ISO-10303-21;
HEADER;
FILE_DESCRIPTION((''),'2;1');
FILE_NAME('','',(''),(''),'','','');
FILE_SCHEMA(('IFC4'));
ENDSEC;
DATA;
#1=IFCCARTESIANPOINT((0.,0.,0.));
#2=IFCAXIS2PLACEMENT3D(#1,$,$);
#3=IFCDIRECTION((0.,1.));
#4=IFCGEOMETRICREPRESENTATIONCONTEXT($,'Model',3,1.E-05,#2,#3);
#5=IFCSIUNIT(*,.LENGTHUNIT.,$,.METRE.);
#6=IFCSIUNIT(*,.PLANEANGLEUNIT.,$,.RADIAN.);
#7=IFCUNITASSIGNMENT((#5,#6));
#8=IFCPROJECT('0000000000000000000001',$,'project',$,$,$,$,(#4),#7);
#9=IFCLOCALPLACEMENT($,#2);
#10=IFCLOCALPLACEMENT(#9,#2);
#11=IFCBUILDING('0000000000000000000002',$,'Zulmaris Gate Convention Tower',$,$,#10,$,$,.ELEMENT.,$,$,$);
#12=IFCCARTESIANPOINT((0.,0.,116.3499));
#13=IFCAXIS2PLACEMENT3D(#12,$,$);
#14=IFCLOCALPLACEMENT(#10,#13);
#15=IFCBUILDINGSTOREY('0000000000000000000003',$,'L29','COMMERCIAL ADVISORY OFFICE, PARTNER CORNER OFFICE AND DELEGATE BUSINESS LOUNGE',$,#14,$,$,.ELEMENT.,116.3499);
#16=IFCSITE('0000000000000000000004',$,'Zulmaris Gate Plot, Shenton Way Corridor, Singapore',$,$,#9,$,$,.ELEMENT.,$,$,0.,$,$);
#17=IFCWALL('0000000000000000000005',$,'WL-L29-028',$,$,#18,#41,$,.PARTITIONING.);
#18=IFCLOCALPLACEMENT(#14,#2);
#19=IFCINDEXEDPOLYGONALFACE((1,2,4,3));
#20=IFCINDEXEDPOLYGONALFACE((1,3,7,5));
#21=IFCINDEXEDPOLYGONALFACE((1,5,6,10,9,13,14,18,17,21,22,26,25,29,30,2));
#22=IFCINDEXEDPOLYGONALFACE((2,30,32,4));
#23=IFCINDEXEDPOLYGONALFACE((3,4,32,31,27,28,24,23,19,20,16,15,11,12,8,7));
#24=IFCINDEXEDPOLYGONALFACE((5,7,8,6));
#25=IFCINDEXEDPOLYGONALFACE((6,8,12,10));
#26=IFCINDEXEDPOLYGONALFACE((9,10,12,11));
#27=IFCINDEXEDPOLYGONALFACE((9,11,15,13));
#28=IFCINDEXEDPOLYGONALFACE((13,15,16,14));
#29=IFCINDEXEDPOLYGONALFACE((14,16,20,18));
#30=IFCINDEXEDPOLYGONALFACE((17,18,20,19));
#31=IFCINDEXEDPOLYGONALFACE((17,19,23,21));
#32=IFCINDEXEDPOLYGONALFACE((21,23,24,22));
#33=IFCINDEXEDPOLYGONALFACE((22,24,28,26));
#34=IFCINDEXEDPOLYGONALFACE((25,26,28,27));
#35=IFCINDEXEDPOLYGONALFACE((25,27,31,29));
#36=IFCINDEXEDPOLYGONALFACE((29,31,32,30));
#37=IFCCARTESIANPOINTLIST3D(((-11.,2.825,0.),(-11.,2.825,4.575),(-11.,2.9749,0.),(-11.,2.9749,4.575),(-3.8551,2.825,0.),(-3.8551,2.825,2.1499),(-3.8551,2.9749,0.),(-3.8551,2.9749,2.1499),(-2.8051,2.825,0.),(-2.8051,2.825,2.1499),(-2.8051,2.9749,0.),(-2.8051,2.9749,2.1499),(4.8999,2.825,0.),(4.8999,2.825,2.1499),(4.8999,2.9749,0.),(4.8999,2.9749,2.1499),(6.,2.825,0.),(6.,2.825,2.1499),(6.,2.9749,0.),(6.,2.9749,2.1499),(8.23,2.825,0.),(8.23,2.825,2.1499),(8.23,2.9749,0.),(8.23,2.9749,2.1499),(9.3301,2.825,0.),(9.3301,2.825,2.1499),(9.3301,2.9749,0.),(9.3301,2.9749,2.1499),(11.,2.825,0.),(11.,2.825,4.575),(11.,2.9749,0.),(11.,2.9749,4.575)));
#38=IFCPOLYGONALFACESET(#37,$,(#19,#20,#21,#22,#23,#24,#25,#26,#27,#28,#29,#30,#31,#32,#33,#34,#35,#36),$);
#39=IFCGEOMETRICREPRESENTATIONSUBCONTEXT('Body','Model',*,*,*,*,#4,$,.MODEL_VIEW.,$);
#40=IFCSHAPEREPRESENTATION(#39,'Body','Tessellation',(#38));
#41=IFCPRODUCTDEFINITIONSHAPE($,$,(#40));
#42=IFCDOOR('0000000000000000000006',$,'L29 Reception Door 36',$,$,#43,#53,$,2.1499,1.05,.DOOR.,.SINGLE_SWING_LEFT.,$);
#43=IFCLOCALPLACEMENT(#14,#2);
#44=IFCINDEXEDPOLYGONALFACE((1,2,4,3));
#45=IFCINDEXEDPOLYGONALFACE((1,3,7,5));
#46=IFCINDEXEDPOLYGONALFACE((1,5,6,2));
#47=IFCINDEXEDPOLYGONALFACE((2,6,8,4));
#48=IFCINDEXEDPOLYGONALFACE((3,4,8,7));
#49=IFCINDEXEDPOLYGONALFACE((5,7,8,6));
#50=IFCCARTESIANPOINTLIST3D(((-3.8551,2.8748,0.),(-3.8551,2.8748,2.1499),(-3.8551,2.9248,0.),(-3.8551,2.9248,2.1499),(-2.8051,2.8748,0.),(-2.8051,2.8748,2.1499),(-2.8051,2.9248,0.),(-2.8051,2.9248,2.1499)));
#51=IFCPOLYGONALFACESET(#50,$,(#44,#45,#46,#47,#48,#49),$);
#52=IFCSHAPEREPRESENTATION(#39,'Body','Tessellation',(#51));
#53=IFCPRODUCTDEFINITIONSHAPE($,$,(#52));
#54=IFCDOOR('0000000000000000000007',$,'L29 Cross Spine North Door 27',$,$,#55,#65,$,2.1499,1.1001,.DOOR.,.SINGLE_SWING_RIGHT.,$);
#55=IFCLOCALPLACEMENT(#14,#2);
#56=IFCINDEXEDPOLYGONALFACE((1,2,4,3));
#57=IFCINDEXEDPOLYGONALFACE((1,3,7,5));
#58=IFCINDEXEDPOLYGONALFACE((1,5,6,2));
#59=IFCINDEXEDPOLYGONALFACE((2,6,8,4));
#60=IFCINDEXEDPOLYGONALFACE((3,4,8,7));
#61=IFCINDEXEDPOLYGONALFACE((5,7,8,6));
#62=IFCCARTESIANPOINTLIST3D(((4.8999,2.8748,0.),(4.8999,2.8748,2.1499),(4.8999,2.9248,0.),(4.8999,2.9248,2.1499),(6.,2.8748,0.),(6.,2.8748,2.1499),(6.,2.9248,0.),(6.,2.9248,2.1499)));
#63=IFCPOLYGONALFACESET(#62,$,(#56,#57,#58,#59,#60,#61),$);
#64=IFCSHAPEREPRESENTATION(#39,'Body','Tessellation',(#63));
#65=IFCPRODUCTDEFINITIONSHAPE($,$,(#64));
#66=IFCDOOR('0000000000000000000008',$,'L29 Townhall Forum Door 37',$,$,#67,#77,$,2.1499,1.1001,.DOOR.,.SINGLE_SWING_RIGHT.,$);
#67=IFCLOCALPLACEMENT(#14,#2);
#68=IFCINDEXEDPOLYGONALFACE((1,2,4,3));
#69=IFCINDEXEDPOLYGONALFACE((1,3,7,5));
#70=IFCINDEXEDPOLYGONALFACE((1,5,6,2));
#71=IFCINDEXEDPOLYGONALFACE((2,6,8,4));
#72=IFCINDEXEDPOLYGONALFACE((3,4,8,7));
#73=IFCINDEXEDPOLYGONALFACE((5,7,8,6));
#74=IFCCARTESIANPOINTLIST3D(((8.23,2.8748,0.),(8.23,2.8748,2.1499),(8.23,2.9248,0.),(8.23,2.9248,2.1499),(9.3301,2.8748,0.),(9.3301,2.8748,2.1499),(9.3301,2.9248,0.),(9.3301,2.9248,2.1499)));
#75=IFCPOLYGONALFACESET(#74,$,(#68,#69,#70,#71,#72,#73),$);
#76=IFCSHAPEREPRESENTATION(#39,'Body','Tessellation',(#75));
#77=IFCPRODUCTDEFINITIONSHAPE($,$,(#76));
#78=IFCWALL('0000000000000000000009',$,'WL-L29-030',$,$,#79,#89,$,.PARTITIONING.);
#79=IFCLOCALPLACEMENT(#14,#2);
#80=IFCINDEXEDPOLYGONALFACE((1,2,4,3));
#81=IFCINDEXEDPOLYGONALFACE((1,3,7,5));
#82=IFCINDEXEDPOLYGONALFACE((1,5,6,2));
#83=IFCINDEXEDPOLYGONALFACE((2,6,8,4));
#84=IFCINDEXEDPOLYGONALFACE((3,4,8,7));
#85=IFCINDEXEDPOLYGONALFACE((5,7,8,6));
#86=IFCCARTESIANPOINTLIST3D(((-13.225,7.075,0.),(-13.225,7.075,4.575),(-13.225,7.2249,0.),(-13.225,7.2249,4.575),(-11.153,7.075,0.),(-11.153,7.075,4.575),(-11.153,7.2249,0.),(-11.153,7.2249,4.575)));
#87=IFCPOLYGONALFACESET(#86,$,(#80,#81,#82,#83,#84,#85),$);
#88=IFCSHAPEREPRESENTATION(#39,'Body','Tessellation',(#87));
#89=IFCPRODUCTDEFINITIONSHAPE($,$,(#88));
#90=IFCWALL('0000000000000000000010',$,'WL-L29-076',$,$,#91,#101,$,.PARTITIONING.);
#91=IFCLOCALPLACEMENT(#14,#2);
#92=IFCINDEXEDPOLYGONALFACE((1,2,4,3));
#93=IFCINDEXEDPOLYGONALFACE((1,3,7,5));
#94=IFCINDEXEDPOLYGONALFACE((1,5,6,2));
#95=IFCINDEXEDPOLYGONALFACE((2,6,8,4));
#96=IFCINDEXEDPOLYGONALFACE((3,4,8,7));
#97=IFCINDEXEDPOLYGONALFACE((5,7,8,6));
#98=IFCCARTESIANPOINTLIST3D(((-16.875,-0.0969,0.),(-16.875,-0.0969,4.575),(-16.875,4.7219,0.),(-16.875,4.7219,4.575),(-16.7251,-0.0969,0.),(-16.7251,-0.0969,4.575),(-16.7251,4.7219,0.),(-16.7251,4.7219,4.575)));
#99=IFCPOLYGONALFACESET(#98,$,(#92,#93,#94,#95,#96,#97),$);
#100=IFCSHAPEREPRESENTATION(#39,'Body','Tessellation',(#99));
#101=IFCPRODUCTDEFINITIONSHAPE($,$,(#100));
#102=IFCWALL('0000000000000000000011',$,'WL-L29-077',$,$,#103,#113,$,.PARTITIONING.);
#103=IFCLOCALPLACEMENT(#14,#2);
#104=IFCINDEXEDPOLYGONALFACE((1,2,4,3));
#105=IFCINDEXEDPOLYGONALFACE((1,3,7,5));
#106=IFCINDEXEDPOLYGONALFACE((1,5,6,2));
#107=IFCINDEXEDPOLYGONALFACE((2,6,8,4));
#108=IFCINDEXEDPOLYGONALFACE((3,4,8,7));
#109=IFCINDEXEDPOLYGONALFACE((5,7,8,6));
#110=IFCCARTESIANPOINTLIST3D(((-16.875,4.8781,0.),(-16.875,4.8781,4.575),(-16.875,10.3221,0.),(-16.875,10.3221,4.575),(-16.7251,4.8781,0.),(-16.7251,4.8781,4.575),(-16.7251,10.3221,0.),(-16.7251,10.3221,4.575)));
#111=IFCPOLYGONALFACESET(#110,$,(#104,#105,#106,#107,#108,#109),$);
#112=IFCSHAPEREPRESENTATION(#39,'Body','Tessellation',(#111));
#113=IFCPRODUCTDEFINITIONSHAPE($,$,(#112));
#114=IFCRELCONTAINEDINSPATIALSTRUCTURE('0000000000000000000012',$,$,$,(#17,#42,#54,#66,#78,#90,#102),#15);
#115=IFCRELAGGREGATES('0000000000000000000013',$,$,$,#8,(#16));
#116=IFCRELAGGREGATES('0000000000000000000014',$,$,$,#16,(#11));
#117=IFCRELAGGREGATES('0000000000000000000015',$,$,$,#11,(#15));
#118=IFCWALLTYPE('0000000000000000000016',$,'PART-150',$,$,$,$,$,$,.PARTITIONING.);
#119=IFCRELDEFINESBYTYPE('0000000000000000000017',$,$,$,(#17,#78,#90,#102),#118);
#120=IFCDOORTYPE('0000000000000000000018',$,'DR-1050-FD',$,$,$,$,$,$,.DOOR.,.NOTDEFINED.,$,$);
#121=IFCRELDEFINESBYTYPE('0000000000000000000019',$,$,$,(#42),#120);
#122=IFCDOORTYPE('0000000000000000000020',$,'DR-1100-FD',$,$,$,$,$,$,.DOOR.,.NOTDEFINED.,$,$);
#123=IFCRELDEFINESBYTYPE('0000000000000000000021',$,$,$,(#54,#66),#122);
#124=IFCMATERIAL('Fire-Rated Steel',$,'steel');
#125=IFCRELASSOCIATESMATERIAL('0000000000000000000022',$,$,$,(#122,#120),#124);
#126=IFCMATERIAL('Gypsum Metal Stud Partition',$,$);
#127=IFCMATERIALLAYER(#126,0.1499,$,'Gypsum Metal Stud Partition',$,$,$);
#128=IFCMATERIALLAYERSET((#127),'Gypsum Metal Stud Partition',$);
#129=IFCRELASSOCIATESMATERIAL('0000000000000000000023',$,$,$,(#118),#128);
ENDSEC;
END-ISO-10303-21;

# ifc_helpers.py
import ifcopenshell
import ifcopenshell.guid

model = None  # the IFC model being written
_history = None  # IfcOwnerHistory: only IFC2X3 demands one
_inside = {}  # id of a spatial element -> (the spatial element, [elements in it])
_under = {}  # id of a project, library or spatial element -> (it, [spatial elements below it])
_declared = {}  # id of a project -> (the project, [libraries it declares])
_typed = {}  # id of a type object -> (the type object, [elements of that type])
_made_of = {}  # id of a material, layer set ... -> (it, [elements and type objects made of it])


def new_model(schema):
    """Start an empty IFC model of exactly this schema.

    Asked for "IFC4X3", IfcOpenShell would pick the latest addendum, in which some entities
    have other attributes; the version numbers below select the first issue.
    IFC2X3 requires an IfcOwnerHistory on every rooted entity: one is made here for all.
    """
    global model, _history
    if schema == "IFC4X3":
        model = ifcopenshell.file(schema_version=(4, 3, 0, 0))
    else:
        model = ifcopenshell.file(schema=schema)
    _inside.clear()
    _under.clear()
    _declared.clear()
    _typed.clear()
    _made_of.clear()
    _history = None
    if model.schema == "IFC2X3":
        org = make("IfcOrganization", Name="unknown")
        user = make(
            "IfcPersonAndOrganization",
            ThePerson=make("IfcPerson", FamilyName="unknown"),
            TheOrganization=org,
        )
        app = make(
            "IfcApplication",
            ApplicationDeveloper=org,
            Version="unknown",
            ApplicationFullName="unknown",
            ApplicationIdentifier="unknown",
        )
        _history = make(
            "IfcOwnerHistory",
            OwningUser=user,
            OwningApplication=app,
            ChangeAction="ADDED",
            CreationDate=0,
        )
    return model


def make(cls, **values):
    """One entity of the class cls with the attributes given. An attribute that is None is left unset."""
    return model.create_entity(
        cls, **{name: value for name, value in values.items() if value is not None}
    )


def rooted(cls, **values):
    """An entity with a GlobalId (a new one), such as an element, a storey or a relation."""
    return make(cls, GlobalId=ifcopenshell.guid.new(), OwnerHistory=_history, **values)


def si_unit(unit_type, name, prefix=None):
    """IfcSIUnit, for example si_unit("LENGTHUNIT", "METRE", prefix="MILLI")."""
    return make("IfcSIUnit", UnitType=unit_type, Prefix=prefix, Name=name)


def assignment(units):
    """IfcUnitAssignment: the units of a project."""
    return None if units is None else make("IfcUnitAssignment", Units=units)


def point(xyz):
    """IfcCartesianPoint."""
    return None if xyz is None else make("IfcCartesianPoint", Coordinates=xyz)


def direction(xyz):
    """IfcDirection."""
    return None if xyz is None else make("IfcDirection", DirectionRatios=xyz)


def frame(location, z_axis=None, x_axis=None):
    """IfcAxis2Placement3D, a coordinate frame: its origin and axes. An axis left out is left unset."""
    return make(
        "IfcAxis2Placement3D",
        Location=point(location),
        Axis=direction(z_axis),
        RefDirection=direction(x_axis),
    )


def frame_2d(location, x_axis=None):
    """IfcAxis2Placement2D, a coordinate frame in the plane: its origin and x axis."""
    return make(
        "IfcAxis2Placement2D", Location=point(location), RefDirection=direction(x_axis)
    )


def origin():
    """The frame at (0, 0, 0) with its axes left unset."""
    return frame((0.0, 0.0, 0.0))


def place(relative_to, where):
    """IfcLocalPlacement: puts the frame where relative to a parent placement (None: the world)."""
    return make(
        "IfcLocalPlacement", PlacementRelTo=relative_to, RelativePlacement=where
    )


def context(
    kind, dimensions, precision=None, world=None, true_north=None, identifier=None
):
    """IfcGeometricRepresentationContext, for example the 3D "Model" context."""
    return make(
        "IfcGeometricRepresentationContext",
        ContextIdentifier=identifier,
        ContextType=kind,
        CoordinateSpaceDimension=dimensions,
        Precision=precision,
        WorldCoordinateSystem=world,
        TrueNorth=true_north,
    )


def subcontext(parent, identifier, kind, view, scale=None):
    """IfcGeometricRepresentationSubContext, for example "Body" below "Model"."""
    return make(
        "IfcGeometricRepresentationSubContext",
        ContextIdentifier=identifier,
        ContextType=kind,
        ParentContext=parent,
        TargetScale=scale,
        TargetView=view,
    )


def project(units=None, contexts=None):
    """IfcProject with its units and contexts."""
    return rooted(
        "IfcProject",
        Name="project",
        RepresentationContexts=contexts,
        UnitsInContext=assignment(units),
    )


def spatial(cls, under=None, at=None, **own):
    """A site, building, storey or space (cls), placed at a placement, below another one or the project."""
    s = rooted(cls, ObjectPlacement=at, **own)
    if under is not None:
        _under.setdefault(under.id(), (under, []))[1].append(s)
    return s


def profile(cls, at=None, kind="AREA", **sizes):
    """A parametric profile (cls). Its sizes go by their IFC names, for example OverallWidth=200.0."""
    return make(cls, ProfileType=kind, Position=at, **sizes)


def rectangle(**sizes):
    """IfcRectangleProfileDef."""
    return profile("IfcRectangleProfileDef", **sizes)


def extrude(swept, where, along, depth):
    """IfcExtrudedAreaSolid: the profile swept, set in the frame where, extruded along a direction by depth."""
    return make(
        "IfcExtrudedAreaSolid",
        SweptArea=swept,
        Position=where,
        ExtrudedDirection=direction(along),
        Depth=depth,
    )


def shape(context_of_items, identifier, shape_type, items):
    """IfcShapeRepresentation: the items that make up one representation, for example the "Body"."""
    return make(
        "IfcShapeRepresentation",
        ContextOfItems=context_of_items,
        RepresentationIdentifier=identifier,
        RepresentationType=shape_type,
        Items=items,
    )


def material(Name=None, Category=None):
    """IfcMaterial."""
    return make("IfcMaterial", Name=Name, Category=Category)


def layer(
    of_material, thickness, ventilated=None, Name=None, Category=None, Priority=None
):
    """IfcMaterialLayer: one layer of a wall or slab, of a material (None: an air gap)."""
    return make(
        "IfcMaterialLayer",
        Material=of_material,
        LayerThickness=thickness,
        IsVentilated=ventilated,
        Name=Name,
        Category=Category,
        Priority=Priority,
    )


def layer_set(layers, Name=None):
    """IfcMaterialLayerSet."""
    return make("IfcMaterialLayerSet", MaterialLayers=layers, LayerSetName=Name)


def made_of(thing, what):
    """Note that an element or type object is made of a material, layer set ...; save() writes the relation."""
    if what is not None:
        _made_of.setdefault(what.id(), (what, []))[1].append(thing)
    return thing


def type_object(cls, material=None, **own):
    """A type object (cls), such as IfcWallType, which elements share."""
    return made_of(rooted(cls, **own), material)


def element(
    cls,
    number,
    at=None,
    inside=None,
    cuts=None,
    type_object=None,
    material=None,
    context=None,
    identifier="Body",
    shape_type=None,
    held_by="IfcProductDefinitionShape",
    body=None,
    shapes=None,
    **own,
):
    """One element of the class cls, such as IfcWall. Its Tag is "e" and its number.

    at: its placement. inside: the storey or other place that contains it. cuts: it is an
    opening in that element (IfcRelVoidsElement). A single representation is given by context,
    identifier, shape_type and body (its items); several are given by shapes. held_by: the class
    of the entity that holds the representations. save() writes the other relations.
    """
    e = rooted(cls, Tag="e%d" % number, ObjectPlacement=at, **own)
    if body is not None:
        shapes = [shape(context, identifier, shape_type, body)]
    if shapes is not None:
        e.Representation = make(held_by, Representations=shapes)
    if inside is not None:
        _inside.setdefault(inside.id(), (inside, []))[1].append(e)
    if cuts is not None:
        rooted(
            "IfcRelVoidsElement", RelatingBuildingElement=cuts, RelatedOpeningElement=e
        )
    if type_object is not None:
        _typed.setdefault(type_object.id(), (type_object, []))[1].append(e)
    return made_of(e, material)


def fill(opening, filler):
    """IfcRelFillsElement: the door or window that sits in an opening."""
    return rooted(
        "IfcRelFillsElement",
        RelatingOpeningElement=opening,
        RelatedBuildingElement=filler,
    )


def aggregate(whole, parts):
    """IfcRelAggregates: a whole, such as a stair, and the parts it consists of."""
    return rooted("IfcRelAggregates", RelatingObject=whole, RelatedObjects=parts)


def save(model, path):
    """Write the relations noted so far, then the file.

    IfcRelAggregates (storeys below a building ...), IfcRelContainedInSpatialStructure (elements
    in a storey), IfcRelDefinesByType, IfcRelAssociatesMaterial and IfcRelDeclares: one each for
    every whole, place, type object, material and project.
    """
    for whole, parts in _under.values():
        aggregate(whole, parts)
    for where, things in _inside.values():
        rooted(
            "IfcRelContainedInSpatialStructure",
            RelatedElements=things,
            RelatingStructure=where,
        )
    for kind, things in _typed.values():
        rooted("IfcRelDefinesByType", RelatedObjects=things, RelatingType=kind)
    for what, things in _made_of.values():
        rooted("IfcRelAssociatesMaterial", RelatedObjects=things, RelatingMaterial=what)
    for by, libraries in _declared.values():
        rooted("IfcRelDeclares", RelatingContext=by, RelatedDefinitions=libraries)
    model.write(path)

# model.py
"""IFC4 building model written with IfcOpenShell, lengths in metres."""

from ifc_helpers import new_model, si_unit, direction, frame, frame_2d, origin, place, context, subcontext, project, spatial, rectangle, extrude, material, layer, layer_set, type_object, element, fill, save


model = new_model("IFC4")

# Units and contexts
model_context = context("Model", 3, precision=1e-05, world=origin(), true_north=direction((0.0, 1.0)))
body_context = subcontext(model_context, "Body", "Model", "MODEL_VIEW")
ifc_project = project(units=[si_unit("LENGTHUNIT", "METRE"), si_unit("PLANEANGLEUNIT", "RADIAN")], contexts=[model_context])

# Site, building, storey
site_placement = place(None, origin())
site = spatial("IfcSite", under=ifc_project, at=site_placement, Name="Zulmaris Gate Plot, Shenton Way Corridor, Singapore", CompositionType="ELEMENT", RefElevation=0.0)
building_placement = place(site_placement, origin())
building = spatial("IfcBuilding", under=site, at=building_placement, Name="Zulmaris Gate Convention Tower", CompositionType="ELEMENT")
storey_placement = place(building_placement, frame((0.0, 0.0, 116.3499)))
storey = spatial("IfcBuildingStorey", under=building, at=storey_placement, Name="L29", Description="COMMERCIAL ADVISORY OFFICE, PARTNER CORNER OFFICE AND DELEGATE BUSINESS LOUNGE", CompositionType="ELEMENT", Elevation=116.3499)

# Shared definitions
ifc_material_1 = material(Name="Fire-Rated Steel", Category="steel")
door_type_1 = type_object("IfcDoorType", Name="DR-1100-FD", OperationType="NOTDEFINED", PredefinedType="DOOR", material=ifc_material_1)

# Wall, openings, doors
ifc_material_2 = material(Name="Gypsum Metal Stud Partition")
ifc_layer_1 = layer(ifc_material_2, 0.1499, Name="Gypsum Metal Stud Partition")
ifc_layer_set_1 = layer_set([ifc_layer_1], Name="Gypsum Metal Stud Partition")
wall_type_1 = type_object("IfcWallType", Name="PART-150", PredefinedType="PARTITIONING", material=ifc_layer_set_1)
wall_1_placement = place(storey_placement, frame((-11.0, 2.8999, 0.0), z_axis=(0.0, 0.0, 1.0), x_axis=(1.0, 0.0, 0.0)))
wall_1 = element("IfcWall", 1, at=wall_1_placement, inside=storey, type_object=wall_type_1, Name="WL-L29-028", PredefinedType="PARTITIONING", context=body_context, shape_type="SweptSolid", body=[
    extrude(rectangle(XDim=22.0, YDim=0.1499, at=frame_2d((11.0, 0.0))), origin(), (0.0, 0.0, 1.0), 4.575),
])
opening_1_placement = place(wall_1_placement, frame((15.8999, 0.0, 0.0)))
opening_1 = element("IfcOpeningElement", 2, at=opening_1_placement, cuts=wall_1, PredefinedType="OPENING", context=body_context, shape_type="SweptSolid", body=[
    extrude(rectangle(XDim=1.1001, YDim=2.1499, at=frame_2d((0.55, 1.075))), frame((0.0, 0.085, 0.0), z_axis=(0.0, -1.0, 0.0), x_axis=(1.0, 0.0, 0.0)), (0.0, 0.0, 1.0), 0.1699),
])
opening_2_placement = place(wall_1_placement, frame((7.145, 0.0, 0.0)))
opening_2 = element("IfcOpeningElement", 3, at=opening_2_placement, cuts=wall_1, PredefinedType="OPENING", context=body_context, shape_type="SweptSolid", body=[
    extrude(rectangle(XDim=1.05, YDim=2.1499, at=frame_2d((0.5249, 1.075))), frame((0.0, 0.085, 0.0), z_axis=(0.0, -1.0, 0.0), x_axis=(1.0, 0.0, 0.0)), (0.0, 0.0, 1.0), 0.1699),
])
opening_3_placement = place(wall_1_placement, frame((19.23, 0.0, 0.0)))
opening_3 = element("IfcOpeningElement", 4, at=opening_3_placement, cuts=wall_1, PredefinedType="OPENING", context=body_context, shape_type="SweptSolid", body=[
    extrude(rectangle(XDim=1.1001, YDim=2.1499, at=frame_2d((0.55, 1.075))), frame((0.0, 0.085, 0.0), z_axis=(0.0, -1.0, 0.0), x_axis=(1.0, 0.0, 0.0)), (0.0, 0.0, 1.0), 0.1699),
])
door_type_2 = type_object("IfcDoorType", Name="DR-1050-FD", OperationType="NOTDEFINED", PredefinedType="DOOR", material=ifc_material_1)
door_1_placement = place(opening_2_placement, origin())
door_1 = element("IfcDoor", 5, at=door_1_placement, inside=storey, type_object=door_type_2, Name="L29 Reception Door 36", OperationType="SINGLE_SWING_LEFT", OverallHeight=2.1499, OverallWidth=1.05, PredefinedType="DOOR", context=body_context, shape_type="SweptSolid", body=[
    extrude(rectangle(XDim=1.05, YDim=2.1499, at=frame_2d((0.5249, 1.075))), frame((0.0, 0.0249, 0.0), z_axis=(0.0, -1.0, 0.0), x_axis=(1.0, 0.0, 0.0)), (0.0, 0.0, 1.0), 0.05),
])
fill(opening_2, door_1)
door_2_placement = place(opening_1_placement, origin())
door_2 = element("IfcDoor", 6, at=door_2_placement, inside=storey, type_object=door_type_1, Name="L29 Cross Spine North Door 27", OperationType="SINGLE_SWING_RIGHT", OverallHeight=2.1499, OverallWidth=1.1001, PredefinedType="DOOR", context=body_context, shape_type="SweptSolid", body=[
    extrude(rectangle(XDim=1.1001, YDim=2.1499, at=frame_2d((0.55, 1.075))), frame((0.0, 0.0249, 0.0), z_axis=(0.0, -1.0, 0.0), x_axis=(1.0, 0.0, 0.0)), (0.0, 0.0, 1.0), 0.05),
])
fill(opening_1, door_2)
door_3_placement = place(opening_3_placement, origin())
door_3 = element("IfcDoor", 7, at=door_3_placement, inside=storey, type_object=door_type_1, Name="L29 Townhall Forum Door 37", OperationType="SINGLE_SWING_RIGHT", OverallHeight=2.1499, OverallWidth=1.1001, PredefinedType="DOOR", context=body_context, shape_type="SweptSolid", body=[
    extrude(rectangle(XDim=1.1001, YDim=2.1499, at=frame_2d((0.55, 1.075))), frame((0.0, 0.0249, 0.0), z_axis=(0.0, -1.0, 0.0), x_axis=(1.0, 0.0, 0.0)), (0.0, 0.0, 1.0), 0.05),
])
fill(opening_3, door_3)

# Walls
wall_2_placement = place(storey_placement, frame((-13.2251, 7.1499, 0.0), z_axis=(0.0, 0.0, 1.0), x_axis=(1.0, 0.0, 0.0)))
element("IfcWall", 8, at=wall_2_placement, inside=storey, type_object=wall_type_1, Name="WL-L29-030", PredefinedType="PARTITIONING", context=body_context, shape_type="SweptSolid", body=[
    extrude(rectangle(XDim=2.072, YDim=0.1499, at=frame_2d((1.0361, 0.0))), origin(), (0.0, 0.0, 1.0), 4.575),
])
wall_3_placement = place(storey_placement, frame((-16.8, -0.0969, 0.0), z_axis=(0.0, 0.0, 1.0), x_axis=(0.0, 1.0, 0.0)))
element("IfcWall", 9, at=wall_3_placement, inside=storey, type_object=wall_type_1, Name="WL-L29-076", PredefinedType="PARTITIONING", context=body_context, shape_type="SweptSolid", body=[
    extrude(rectangle(XDim=4.8188, YDim=0.1499, at=frame_2d((2.4094, 0.0))), origin(), (0.0, 0.0, 1.0), 4.575),
])
wall_4_placement = place(storey_placement, frame((-16.8, 4.8779, 0.0), z_axis=(0.0, 0.0, 1.0), x_axis=(0.0, 1.0, 0.0)))
element("IfcWall", 10, at=wall_4_placement, inside=storey, type_object=wall_type_1, Name="WL-L29-077", PredefinedType="PARTITIONING", context=body_context, shape_type="SweptSolid", body=[
    extrude(rectangle(XDim=5.4441, YDim=0.1499, at=frame_2d((2.7222, 0.0))), origin(), (0.0, 0.0, 1.0), 4.575),
])

save(model, "model.ifc")
